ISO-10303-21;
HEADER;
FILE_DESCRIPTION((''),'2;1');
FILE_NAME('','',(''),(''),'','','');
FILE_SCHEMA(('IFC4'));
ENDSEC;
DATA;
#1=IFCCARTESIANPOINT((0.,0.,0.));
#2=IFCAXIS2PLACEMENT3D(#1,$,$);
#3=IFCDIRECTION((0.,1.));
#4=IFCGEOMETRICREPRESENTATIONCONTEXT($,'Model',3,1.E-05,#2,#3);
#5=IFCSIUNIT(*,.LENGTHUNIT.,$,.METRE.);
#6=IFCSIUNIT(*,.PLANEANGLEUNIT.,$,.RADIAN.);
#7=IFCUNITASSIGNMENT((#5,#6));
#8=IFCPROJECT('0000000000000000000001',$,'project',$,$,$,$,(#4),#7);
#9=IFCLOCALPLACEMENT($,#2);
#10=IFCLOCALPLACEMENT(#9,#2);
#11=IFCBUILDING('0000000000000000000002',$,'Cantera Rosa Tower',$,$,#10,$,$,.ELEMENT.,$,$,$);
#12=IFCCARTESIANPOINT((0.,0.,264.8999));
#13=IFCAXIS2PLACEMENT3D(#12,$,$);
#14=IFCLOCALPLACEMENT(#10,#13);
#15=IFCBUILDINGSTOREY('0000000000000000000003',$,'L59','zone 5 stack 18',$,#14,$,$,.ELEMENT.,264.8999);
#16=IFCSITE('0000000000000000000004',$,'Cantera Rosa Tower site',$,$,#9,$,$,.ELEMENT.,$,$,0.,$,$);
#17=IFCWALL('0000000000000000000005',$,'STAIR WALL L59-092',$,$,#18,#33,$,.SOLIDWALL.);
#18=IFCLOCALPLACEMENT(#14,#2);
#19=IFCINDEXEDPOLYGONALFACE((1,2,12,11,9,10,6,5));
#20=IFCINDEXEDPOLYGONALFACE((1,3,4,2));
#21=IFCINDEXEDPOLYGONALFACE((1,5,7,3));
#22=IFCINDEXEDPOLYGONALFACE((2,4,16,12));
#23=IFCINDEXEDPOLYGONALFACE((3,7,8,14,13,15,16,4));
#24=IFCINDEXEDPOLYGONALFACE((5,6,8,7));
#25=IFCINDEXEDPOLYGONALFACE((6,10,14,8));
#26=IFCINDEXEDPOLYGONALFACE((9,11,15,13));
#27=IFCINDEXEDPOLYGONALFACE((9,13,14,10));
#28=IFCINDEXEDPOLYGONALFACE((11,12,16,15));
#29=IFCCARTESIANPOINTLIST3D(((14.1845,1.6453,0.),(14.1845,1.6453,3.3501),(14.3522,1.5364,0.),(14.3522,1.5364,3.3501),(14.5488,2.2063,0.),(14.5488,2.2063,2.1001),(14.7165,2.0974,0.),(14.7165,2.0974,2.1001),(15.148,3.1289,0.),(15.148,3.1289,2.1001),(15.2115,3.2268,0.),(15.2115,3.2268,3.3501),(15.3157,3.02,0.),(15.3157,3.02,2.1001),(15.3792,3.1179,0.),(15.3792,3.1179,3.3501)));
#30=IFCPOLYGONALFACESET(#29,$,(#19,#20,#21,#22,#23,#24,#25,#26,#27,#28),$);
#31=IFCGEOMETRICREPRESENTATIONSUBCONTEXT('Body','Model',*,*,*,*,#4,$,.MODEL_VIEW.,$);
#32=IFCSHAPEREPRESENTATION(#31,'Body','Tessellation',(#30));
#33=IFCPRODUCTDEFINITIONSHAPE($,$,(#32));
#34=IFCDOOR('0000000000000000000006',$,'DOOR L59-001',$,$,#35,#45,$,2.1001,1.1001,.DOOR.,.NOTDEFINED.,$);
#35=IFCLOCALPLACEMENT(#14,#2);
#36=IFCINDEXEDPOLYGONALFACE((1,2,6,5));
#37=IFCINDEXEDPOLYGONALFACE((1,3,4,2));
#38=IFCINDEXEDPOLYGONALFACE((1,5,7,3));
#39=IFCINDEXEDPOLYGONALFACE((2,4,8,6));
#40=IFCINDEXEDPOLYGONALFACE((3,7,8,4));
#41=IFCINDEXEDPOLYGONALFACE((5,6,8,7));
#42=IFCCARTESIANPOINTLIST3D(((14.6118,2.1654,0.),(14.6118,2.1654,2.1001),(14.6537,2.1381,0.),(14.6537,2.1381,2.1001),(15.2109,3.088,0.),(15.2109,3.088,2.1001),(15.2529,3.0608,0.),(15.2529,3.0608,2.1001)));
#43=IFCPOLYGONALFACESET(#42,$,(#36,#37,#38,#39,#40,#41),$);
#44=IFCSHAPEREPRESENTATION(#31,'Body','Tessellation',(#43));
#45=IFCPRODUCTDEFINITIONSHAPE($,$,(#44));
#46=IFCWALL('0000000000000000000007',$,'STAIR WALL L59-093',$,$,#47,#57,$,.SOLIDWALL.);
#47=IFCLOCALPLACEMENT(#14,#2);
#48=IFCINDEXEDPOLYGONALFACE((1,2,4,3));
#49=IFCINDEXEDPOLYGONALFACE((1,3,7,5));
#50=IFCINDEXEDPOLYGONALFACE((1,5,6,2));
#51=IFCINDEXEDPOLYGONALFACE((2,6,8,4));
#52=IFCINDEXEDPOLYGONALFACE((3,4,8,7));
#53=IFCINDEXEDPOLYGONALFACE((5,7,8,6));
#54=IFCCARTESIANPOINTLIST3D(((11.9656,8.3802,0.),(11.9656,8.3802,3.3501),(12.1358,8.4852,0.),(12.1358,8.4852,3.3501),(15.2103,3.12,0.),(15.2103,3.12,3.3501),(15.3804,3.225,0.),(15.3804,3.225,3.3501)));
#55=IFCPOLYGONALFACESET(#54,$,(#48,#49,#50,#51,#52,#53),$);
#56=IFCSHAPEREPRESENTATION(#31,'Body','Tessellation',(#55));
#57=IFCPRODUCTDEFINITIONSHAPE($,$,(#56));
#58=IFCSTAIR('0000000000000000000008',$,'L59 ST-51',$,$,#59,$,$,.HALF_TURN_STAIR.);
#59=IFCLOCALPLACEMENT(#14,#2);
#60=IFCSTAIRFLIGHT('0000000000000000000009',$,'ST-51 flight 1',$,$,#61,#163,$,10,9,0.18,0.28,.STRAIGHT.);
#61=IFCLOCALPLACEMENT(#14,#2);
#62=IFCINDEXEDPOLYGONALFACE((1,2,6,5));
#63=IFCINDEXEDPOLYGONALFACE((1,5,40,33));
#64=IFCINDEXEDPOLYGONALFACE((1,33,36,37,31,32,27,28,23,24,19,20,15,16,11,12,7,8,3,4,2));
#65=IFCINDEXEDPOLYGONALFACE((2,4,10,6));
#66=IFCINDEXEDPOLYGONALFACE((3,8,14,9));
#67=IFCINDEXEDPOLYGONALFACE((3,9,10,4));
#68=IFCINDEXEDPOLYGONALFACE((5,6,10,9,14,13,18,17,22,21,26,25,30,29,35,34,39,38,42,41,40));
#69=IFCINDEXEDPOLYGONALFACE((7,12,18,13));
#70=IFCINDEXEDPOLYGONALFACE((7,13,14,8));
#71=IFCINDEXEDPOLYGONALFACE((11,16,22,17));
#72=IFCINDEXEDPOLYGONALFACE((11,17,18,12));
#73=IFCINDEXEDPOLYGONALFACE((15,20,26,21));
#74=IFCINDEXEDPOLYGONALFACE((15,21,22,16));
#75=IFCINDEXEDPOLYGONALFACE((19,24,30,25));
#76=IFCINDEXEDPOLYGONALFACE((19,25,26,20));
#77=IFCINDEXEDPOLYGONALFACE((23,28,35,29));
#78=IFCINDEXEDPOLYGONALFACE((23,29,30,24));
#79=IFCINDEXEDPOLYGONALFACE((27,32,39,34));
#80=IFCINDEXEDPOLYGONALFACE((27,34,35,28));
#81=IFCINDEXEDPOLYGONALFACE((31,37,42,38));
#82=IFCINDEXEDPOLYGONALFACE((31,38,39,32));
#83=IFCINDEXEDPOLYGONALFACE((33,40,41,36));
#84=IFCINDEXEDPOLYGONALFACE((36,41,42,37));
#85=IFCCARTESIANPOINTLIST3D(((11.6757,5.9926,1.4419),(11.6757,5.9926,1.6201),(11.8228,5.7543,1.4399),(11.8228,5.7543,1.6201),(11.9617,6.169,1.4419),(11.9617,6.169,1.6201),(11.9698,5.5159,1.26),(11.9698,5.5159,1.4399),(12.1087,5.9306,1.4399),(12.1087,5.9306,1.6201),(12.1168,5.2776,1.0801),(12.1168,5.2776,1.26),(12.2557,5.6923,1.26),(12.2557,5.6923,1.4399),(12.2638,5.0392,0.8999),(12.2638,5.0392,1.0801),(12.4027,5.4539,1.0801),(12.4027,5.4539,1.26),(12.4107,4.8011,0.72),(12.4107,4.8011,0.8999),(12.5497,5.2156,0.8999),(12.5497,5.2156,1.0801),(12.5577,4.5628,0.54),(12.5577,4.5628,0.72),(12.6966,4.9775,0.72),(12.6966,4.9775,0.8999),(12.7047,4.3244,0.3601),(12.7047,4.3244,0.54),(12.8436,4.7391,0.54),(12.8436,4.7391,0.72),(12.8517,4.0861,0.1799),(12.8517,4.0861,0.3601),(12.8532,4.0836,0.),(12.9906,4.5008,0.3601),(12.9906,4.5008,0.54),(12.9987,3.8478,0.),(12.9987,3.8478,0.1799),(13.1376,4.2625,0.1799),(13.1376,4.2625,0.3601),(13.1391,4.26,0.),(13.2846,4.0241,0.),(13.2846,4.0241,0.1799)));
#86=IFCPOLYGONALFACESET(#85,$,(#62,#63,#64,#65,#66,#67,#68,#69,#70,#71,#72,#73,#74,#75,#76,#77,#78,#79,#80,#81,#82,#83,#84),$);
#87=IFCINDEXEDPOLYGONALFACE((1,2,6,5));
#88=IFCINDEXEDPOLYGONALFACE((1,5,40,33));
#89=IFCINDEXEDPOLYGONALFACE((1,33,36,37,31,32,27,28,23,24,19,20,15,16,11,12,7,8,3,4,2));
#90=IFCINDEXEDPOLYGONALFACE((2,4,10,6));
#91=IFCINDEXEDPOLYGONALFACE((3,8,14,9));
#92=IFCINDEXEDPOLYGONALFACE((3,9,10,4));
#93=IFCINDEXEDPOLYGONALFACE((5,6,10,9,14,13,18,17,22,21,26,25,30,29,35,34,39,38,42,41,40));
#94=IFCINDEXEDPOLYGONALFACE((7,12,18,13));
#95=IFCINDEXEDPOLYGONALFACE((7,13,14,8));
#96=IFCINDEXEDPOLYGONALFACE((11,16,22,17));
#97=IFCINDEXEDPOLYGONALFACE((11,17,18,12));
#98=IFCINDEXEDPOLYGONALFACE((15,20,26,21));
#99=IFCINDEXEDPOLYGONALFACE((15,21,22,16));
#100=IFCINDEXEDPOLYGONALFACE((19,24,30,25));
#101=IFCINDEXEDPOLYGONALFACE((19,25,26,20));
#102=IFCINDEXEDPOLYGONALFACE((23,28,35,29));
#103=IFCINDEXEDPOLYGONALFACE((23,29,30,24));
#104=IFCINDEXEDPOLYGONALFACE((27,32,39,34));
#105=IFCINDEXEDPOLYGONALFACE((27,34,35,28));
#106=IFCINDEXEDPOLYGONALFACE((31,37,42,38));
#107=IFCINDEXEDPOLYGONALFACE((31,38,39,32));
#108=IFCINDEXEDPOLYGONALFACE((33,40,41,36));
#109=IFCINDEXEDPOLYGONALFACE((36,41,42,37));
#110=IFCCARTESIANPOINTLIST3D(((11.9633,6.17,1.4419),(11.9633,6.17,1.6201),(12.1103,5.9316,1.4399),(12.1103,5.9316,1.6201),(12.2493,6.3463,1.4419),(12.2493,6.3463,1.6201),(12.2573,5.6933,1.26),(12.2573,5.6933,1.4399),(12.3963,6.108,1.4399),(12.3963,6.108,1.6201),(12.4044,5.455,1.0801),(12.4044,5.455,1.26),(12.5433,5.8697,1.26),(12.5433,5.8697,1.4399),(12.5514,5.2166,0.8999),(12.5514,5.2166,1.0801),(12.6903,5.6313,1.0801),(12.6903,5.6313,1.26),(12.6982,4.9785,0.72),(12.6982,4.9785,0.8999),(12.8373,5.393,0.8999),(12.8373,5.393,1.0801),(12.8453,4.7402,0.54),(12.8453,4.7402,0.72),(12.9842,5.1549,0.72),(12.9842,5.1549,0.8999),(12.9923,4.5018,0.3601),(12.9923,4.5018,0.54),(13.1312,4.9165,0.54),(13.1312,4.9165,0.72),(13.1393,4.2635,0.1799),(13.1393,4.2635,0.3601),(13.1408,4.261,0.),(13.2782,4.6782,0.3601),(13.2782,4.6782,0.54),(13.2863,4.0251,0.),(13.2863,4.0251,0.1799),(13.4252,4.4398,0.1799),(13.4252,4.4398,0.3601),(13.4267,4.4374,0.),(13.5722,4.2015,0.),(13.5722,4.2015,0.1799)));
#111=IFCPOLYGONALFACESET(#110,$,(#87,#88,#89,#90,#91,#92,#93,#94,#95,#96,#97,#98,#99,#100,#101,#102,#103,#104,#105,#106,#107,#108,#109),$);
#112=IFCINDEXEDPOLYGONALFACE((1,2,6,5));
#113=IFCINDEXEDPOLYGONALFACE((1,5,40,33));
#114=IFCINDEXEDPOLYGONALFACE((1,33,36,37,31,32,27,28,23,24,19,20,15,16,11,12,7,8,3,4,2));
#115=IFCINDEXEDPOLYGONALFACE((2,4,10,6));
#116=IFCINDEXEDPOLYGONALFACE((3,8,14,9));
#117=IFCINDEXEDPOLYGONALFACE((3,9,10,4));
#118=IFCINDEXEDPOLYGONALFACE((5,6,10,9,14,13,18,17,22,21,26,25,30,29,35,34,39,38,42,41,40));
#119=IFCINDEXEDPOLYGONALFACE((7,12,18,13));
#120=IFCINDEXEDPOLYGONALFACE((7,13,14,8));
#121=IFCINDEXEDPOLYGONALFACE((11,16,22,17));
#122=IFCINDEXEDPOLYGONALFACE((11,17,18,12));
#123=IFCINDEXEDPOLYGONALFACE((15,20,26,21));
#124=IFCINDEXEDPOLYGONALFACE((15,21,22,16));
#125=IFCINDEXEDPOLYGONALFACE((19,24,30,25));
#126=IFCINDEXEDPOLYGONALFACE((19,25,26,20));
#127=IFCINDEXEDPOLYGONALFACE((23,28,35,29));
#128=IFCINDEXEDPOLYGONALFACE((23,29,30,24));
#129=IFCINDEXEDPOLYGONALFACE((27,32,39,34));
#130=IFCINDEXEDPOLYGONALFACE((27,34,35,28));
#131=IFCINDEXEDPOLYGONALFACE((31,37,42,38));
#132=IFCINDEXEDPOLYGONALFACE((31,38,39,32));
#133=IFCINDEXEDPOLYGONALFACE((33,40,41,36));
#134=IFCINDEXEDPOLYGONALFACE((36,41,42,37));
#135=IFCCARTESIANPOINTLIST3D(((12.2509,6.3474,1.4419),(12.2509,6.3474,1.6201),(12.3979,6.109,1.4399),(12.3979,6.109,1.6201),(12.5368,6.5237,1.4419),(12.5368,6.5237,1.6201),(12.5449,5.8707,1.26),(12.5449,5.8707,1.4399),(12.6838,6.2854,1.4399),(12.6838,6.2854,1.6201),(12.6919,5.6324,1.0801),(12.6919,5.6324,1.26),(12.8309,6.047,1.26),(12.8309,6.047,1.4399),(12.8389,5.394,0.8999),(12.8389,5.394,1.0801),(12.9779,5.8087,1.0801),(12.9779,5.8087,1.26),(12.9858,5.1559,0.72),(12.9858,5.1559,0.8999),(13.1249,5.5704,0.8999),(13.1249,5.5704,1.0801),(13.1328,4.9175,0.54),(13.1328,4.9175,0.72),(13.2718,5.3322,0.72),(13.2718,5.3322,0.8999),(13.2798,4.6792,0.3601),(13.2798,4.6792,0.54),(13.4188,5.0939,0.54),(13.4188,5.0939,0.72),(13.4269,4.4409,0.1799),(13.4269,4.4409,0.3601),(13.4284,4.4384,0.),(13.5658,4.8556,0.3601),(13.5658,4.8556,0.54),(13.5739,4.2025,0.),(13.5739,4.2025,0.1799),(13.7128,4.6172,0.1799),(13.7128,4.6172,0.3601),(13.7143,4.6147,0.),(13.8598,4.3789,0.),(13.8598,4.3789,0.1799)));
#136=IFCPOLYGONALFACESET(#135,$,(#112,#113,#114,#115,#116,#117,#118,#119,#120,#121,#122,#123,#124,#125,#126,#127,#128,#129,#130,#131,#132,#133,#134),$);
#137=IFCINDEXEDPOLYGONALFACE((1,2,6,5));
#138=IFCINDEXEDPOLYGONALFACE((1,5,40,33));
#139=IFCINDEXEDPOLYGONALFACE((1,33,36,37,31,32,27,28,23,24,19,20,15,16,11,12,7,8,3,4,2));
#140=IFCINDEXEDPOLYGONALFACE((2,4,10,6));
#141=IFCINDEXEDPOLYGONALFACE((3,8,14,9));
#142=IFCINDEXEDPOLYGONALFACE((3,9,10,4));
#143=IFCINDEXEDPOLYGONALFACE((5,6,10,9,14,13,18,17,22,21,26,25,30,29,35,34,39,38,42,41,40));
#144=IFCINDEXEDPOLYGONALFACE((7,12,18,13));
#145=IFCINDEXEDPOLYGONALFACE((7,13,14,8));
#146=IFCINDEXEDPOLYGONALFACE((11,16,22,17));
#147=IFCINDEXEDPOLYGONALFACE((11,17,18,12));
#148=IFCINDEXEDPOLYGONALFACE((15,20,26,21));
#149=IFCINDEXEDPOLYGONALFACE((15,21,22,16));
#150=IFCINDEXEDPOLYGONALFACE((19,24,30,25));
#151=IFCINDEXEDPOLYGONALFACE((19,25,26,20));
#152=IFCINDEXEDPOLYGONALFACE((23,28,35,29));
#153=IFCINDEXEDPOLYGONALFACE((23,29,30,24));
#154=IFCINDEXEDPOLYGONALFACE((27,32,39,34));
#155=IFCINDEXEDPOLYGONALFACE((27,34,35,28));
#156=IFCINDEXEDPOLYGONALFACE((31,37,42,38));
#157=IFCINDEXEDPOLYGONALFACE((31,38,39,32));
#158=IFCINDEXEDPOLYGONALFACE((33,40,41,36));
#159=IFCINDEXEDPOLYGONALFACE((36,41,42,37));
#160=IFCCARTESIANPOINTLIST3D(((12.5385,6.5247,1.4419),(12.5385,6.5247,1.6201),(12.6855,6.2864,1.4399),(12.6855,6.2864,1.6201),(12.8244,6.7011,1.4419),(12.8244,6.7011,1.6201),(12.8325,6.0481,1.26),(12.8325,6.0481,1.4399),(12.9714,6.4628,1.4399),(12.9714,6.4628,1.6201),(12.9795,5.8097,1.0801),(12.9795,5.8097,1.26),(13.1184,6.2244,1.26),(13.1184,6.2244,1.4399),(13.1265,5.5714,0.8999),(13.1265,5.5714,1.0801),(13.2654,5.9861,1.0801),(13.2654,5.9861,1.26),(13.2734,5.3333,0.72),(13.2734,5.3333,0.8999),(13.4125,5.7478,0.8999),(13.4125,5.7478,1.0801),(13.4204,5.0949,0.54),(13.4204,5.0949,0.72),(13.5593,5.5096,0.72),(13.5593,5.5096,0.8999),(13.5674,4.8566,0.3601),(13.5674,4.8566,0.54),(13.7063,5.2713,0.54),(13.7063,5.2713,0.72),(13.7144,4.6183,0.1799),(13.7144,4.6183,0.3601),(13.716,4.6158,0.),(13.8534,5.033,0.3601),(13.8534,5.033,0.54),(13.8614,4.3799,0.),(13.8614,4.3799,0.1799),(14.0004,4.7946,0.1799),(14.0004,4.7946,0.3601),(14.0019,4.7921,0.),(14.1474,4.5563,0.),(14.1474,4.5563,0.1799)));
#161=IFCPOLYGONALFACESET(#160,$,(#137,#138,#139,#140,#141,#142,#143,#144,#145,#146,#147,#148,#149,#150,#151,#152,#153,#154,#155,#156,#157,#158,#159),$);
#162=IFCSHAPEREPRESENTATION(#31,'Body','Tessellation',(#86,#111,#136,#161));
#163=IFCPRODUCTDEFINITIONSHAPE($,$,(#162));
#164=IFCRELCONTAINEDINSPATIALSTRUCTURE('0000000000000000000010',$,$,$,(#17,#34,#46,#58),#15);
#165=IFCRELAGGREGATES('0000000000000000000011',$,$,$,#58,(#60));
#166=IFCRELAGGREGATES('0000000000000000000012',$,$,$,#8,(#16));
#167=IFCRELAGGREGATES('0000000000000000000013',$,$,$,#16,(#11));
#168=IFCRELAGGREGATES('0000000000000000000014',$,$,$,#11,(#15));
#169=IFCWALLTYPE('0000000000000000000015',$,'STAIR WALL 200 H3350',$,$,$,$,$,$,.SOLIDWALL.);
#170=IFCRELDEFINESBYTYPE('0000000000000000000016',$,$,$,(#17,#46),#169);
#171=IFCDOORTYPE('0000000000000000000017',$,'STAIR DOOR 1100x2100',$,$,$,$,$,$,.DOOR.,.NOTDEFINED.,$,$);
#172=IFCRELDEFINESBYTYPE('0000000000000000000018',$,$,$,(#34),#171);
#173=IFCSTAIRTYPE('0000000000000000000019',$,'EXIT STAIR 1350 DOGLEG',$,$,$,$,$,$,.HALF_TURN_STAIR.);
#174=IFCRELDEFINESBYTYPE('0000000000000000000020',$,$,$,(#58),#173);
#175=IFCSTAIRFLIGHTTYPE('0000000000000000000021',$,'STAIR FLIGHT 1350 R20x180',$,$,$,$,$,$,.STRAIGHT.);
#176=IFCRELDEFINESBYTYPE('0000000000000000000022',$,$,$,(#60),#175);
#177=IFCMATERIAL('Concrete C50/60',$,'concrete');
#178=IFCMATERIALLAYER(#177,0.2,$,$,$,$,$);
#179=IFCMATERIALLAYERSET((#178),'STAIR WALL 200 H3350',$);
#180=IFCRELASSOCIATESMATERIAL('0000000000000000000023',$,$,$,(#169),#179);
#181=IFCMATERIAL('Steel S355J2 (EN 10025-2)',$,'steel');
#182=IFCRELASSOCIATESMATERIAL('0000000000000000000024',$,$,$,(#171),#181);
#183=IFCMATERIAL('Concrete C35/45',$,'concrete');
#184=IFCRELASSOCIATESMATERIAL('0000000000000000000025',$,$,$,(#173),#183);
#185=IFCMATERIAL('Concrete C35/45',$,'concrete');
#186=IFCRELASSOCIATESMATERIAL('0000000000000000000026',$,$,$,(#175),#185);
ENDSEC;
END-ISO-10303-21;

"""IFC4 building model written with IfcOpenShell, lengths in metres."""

from ifc_helpers import new_model, si_unit, direction, frame, frame_2d, origin, place, context, subcontext, project, spatial, polyline, rectangle, outline, extrude, material, layer, layer_set, type_object, element, fill, aggregate, save


model = new_model("IFC4")

# Units and contexts
model_context = context("Model", 3, precision=1e-05, world=origin(), true_north=direction((0.0, 1.0)))
body_context = subcontext(model_context, "Body", "Model", "MODEL_VIEW")
ifc_project = project(units=[si_unit("LENGTHUNIT", "METRE"), si_unit("PLANEANGLEUNIT", "RADIAN")], contexts=[model_context])

# Site, building, storey
site_placement = place(None, origin())
site = spatial("IfcSite", under=ifc_project, at=site_placement, Name="Cantera Rosa Tower site", CompositionType="ELEMENT", RefElevation=0.0)
building_placement = place(site_placement, origin())
building = spatial("IfcBuilding", under=site, at=building_placement, Name="Cantera Rosa Tower", CompositionType="ELEMENT")
storey_placement = place(building_placement, frame((0.0, 0.0, 264.8999)))
storey = spatial("IfcBuildingStorey", under=building, at=storey_placement, Name="L59", Description="zone 5 stack 18", CompositionType="ELEMENT", Elevation=264.8999)

# Shared definitions
ifc_material_1 = material(Name="Concrete C50/60", Category="concrete")
ifc_layer_1 = layer(ifc_material_1, 0.2)
ifc_layer_set_1 = layer_set([ifc_layer_1], Name="STAIR WALL 200 H3350")
wall_type_1 = type_object("IfcWallType", Name="STAIR WALL 200 H3350", PredefinedType="SOLIDWALL", material=ifc_layer_set_1)

# Wall, opening, door
wall_1_placement = place(storey_placement, frame((14.2683, 1.5908, 0.0), z_axis=(0.0, 0.0, 1.0), x_axis=(0.544652, 0.838662, 0.0)))
wall_1 = element("IfcWall", 1, at=wall_1_placement, inside=storey, type_object=wall_type_1, Name="STAIR WALL L59-092", PredefinedType="SOLIDWALL", context=body_context, shape_type="SweptSolid", body=[
    extrude(rectangle(XDim=1.8857, YDim=0.2, at=frame_2d((0.9429, 0.0))), origin(), (0.0, 0.0, 1.0), 3.3501),
])
opening_placement = place(wall_1_placement, frame((0.6689, 0.0, 0.0)))
opening = element("IfcOpeningElement", 2, at=opening_placement, cuts=wall_1, PredefinedType="OPENING", context=body_context, shape_type="SweptSolid", body=[
    extrude(rectangle(XDim=1.1001, YDim=2.1001, at=frame_2d((0.55, 1.05))), frame((0.0, 0.1099, 0.0), z_axis=(0.0, -1.0, 0.0), x_axis=(1.0, 0.0, 0.0)), (0.0, 0.0, 1.0), 0.22),
])
ifc_material_2 = material(Name="Steel S355J2 (EN 10025-2)", Category="steel")
door_type = type_object("IfcDoorType", Name="STAIR DOOR 1100x2100", OperationType="NOTDEFINED", PredefinedType="DOOR", material=ifc_material_2)
door_placement = place(opening_placement, origin())
door = element("IfcDoor", 3, at=door_placement, inside=storey, type_object=door_type, Name="DOOR L59-001", OperationType="NOTDEFINED", OverallHeight=2.1001, OverallWidth=1.1001, PredefinedType="DOOR", context=body_context, shape_type="SweptSolid", body=[
    extrude(rectangle(XDim=1.1001, YDim=2.1001, at=frame_2d((0.55, 1.05))), frame((0.0, 0.0249, 0.0), z_axis=(0.0, -1.0, 0.0), x_axis=(1.0, 0.0, 0.0)), (0.0, 0.0, 1.0), 0.05),
])
fill(opening, door)

# Wall
wall_2_placement = place(storey_placement, frame((15.2954, 3.1724, 0.0), z_axis=(0.0, 0.0, 1.0), x_axis=(-0.524983, 0.851113, 0.0)))
element("IfcWall", 4, at=wall_2_placement, inside=storey, type_object=wall_type_1, Name="STAIR WALL L59-093", PredefinedType="SOLIDWALL", context=body_context, shape_type="SweptSolid", body=[
    extrude(rectangle(XDim=6.1804, YDim=0.2, at=frame_2d((3.0903, 0.0))), origin(), (0.0, 0.0, 1.0), 3.3501),
])

# Stair, stair flight
ifc_material_3 = material(Name="Concrete C35/45", Category="concrete")
stair_type = type_object("IfcStairType", Name="EXIT STAIR 1350 DOGLEG", PredefinedType="HALF_TURN_STAIR", material=ifc_material_3)
stair_placement = place(storey_placement, origin())
stair = element("IfcStair", 5, at=stair_placement, inside=storey, type_object=stair_type, Name="L59 ST-51", PredefinedType="HALF_TURN_STAIR")
ifc_material_4 = material(Name="Concrete C35/45", Category="concrete")
stair_flight_type = type_object("IfcStairFlightType", Name="STAIR FLIGHT 1350 R20x180", PredefinedType="STRAIGHT", material=ifc_material_4)
stair_flight_1_placement = place(storey_placement, frame((13.5732, 4.2021, 0.0), z_axis=(0.0, 0.0, 1.0), x_axis=(-0.524977, 0.851117, 0.0)))
stair_flight_1 = element("IfcStairFlight", 6, at=stair_flight_1_placement, type_object=stair_flight_type, Name="ST-51 flight 1", NumberOfRisers=10, NumberOfTreads=9, PredefinedType="STRAIGHT", RiserHeight=0.18, TreadLength=0.28, context=body_context, shape_type="SweptSolid", body=[
    extrude(outline(polyline([(0.0, 0.0), (0.0, 0.1799), (0.28, 0.1799), (0.28, 0.3601), (0.5601, 0.3601), (0.5601, 0.54), (0.8401, 0.54), (0.8401, 0.72), (1.1201, 0.72), (1.1201, 0.8999), (1.3999, 0.8999), (1.3999, 1.0801), (1.6799, 1.0801), (1.6799, 1.26), (1.96, 1.26), (1.96, 1.4399), (2.24, 1.4399), (2.24, 1.6201), (2.52, 1.6201), (2.52, 1.8), (2.52, 1.4419), (0.2771, 0.0), (0.0, 0.0)])), frame((0.0, 0.675, 0.0), z_axis=(0.0, -1.0, 0.0), x_axis=(1.0, 0.0, 0.0)), (0.0, 0.0, 1.0), 0.3359),
    extrude(outline(polyline([(0.0, 0.0), (0.0, 0.1799), (0.28, 0.1799), (0.28, 0.3601), (0.5601, 0.3601), (0.5601, 0.54), (0.8401, 0.54), (0.8401, 0.72), (1.1201, 0.72), (1.1201, 0.8999), (1.3999, 0.8999), (1.3999, 1.0801), (1.6799, 1.0801), (1.6799, 1.26), (1.96, 1.26), (1.96, 1.4399), (2.24, 1.4399), (2.24, 1.6201), (2.52, 1.6201), (2.52, 1.8), (2.52, 1.4419), (0.2771, 0.0), (0.0, 0.0)])), frame((0.0, 0.3372, 0.0), z_axis=(0.0, -1.0, 0.0), x_axis=(1.0, 0.0, 0.0)), (0.0, 0.0, 1.0), 0.3359),
    extrude(outline(polyline([(0.0, 0.0), (0.0, 0.1799), (0.28, 0.1799), (0.28, 0.3601), (0.5601, 0.3601), (0.5601, 0.54), (0.8401, 0.54), (0.8401, 0.72), (1.1201, 0.72), (1.1201, 0.8999), (1.3999, 0.8999), (1.3999, 1.0801), (1.6799, 1.0801), (1.6799, 1.26), (1.96, 1.26), (1.96, 1.4399), (2.24, 1.4399), (2.24, 1.6201), (2.52, 1.6201), (2.52, 1.8), (2.52, 1.4419), (0.2771, 0.0), (0.0, 0.0)])), frame((0.0, -0.0007, 0.0), z_axis=(0.0, -1.0, 0.0), x_axis=(1.0, 0.0, 0.0)), (0.0, 0.0, 1.0), 0.3359),
    extrude(outline(polyline([(0.0, 0.0), (0.0, 0.1799), (0.28, 0.1799), (0.28, 0.3601), (0.5601, 0.3601), (0.5601, 0.54), (0.8401, 0.54), (0.8401, 0.72), (1.1201, 0.72), (1.1201, 0.8999), (1.3999, 0.8999), (1.3999, 1.0801), (1.6799, 1.0801), (1.6799, 1.26), (1.96, 1.26), (1.96, 1.4399), (2.24, 1.4399), (2.24, 1.6201), (2.52, 1.6201), (2.52, 1.8), (2.52, 1.4419), (0.2771, 0.0), (0.0, 0.0)])), frame((0.0, -0.3386, 0.0), z_axis=(0.0, -1.0, 0.0), x_axis=(1.0, 0.0, 0.0)), (0.0, 0.0, 1.0), 0.3359),
])
aggregate(stair, [stair_flight_1])

save(model, "model.ifc")
